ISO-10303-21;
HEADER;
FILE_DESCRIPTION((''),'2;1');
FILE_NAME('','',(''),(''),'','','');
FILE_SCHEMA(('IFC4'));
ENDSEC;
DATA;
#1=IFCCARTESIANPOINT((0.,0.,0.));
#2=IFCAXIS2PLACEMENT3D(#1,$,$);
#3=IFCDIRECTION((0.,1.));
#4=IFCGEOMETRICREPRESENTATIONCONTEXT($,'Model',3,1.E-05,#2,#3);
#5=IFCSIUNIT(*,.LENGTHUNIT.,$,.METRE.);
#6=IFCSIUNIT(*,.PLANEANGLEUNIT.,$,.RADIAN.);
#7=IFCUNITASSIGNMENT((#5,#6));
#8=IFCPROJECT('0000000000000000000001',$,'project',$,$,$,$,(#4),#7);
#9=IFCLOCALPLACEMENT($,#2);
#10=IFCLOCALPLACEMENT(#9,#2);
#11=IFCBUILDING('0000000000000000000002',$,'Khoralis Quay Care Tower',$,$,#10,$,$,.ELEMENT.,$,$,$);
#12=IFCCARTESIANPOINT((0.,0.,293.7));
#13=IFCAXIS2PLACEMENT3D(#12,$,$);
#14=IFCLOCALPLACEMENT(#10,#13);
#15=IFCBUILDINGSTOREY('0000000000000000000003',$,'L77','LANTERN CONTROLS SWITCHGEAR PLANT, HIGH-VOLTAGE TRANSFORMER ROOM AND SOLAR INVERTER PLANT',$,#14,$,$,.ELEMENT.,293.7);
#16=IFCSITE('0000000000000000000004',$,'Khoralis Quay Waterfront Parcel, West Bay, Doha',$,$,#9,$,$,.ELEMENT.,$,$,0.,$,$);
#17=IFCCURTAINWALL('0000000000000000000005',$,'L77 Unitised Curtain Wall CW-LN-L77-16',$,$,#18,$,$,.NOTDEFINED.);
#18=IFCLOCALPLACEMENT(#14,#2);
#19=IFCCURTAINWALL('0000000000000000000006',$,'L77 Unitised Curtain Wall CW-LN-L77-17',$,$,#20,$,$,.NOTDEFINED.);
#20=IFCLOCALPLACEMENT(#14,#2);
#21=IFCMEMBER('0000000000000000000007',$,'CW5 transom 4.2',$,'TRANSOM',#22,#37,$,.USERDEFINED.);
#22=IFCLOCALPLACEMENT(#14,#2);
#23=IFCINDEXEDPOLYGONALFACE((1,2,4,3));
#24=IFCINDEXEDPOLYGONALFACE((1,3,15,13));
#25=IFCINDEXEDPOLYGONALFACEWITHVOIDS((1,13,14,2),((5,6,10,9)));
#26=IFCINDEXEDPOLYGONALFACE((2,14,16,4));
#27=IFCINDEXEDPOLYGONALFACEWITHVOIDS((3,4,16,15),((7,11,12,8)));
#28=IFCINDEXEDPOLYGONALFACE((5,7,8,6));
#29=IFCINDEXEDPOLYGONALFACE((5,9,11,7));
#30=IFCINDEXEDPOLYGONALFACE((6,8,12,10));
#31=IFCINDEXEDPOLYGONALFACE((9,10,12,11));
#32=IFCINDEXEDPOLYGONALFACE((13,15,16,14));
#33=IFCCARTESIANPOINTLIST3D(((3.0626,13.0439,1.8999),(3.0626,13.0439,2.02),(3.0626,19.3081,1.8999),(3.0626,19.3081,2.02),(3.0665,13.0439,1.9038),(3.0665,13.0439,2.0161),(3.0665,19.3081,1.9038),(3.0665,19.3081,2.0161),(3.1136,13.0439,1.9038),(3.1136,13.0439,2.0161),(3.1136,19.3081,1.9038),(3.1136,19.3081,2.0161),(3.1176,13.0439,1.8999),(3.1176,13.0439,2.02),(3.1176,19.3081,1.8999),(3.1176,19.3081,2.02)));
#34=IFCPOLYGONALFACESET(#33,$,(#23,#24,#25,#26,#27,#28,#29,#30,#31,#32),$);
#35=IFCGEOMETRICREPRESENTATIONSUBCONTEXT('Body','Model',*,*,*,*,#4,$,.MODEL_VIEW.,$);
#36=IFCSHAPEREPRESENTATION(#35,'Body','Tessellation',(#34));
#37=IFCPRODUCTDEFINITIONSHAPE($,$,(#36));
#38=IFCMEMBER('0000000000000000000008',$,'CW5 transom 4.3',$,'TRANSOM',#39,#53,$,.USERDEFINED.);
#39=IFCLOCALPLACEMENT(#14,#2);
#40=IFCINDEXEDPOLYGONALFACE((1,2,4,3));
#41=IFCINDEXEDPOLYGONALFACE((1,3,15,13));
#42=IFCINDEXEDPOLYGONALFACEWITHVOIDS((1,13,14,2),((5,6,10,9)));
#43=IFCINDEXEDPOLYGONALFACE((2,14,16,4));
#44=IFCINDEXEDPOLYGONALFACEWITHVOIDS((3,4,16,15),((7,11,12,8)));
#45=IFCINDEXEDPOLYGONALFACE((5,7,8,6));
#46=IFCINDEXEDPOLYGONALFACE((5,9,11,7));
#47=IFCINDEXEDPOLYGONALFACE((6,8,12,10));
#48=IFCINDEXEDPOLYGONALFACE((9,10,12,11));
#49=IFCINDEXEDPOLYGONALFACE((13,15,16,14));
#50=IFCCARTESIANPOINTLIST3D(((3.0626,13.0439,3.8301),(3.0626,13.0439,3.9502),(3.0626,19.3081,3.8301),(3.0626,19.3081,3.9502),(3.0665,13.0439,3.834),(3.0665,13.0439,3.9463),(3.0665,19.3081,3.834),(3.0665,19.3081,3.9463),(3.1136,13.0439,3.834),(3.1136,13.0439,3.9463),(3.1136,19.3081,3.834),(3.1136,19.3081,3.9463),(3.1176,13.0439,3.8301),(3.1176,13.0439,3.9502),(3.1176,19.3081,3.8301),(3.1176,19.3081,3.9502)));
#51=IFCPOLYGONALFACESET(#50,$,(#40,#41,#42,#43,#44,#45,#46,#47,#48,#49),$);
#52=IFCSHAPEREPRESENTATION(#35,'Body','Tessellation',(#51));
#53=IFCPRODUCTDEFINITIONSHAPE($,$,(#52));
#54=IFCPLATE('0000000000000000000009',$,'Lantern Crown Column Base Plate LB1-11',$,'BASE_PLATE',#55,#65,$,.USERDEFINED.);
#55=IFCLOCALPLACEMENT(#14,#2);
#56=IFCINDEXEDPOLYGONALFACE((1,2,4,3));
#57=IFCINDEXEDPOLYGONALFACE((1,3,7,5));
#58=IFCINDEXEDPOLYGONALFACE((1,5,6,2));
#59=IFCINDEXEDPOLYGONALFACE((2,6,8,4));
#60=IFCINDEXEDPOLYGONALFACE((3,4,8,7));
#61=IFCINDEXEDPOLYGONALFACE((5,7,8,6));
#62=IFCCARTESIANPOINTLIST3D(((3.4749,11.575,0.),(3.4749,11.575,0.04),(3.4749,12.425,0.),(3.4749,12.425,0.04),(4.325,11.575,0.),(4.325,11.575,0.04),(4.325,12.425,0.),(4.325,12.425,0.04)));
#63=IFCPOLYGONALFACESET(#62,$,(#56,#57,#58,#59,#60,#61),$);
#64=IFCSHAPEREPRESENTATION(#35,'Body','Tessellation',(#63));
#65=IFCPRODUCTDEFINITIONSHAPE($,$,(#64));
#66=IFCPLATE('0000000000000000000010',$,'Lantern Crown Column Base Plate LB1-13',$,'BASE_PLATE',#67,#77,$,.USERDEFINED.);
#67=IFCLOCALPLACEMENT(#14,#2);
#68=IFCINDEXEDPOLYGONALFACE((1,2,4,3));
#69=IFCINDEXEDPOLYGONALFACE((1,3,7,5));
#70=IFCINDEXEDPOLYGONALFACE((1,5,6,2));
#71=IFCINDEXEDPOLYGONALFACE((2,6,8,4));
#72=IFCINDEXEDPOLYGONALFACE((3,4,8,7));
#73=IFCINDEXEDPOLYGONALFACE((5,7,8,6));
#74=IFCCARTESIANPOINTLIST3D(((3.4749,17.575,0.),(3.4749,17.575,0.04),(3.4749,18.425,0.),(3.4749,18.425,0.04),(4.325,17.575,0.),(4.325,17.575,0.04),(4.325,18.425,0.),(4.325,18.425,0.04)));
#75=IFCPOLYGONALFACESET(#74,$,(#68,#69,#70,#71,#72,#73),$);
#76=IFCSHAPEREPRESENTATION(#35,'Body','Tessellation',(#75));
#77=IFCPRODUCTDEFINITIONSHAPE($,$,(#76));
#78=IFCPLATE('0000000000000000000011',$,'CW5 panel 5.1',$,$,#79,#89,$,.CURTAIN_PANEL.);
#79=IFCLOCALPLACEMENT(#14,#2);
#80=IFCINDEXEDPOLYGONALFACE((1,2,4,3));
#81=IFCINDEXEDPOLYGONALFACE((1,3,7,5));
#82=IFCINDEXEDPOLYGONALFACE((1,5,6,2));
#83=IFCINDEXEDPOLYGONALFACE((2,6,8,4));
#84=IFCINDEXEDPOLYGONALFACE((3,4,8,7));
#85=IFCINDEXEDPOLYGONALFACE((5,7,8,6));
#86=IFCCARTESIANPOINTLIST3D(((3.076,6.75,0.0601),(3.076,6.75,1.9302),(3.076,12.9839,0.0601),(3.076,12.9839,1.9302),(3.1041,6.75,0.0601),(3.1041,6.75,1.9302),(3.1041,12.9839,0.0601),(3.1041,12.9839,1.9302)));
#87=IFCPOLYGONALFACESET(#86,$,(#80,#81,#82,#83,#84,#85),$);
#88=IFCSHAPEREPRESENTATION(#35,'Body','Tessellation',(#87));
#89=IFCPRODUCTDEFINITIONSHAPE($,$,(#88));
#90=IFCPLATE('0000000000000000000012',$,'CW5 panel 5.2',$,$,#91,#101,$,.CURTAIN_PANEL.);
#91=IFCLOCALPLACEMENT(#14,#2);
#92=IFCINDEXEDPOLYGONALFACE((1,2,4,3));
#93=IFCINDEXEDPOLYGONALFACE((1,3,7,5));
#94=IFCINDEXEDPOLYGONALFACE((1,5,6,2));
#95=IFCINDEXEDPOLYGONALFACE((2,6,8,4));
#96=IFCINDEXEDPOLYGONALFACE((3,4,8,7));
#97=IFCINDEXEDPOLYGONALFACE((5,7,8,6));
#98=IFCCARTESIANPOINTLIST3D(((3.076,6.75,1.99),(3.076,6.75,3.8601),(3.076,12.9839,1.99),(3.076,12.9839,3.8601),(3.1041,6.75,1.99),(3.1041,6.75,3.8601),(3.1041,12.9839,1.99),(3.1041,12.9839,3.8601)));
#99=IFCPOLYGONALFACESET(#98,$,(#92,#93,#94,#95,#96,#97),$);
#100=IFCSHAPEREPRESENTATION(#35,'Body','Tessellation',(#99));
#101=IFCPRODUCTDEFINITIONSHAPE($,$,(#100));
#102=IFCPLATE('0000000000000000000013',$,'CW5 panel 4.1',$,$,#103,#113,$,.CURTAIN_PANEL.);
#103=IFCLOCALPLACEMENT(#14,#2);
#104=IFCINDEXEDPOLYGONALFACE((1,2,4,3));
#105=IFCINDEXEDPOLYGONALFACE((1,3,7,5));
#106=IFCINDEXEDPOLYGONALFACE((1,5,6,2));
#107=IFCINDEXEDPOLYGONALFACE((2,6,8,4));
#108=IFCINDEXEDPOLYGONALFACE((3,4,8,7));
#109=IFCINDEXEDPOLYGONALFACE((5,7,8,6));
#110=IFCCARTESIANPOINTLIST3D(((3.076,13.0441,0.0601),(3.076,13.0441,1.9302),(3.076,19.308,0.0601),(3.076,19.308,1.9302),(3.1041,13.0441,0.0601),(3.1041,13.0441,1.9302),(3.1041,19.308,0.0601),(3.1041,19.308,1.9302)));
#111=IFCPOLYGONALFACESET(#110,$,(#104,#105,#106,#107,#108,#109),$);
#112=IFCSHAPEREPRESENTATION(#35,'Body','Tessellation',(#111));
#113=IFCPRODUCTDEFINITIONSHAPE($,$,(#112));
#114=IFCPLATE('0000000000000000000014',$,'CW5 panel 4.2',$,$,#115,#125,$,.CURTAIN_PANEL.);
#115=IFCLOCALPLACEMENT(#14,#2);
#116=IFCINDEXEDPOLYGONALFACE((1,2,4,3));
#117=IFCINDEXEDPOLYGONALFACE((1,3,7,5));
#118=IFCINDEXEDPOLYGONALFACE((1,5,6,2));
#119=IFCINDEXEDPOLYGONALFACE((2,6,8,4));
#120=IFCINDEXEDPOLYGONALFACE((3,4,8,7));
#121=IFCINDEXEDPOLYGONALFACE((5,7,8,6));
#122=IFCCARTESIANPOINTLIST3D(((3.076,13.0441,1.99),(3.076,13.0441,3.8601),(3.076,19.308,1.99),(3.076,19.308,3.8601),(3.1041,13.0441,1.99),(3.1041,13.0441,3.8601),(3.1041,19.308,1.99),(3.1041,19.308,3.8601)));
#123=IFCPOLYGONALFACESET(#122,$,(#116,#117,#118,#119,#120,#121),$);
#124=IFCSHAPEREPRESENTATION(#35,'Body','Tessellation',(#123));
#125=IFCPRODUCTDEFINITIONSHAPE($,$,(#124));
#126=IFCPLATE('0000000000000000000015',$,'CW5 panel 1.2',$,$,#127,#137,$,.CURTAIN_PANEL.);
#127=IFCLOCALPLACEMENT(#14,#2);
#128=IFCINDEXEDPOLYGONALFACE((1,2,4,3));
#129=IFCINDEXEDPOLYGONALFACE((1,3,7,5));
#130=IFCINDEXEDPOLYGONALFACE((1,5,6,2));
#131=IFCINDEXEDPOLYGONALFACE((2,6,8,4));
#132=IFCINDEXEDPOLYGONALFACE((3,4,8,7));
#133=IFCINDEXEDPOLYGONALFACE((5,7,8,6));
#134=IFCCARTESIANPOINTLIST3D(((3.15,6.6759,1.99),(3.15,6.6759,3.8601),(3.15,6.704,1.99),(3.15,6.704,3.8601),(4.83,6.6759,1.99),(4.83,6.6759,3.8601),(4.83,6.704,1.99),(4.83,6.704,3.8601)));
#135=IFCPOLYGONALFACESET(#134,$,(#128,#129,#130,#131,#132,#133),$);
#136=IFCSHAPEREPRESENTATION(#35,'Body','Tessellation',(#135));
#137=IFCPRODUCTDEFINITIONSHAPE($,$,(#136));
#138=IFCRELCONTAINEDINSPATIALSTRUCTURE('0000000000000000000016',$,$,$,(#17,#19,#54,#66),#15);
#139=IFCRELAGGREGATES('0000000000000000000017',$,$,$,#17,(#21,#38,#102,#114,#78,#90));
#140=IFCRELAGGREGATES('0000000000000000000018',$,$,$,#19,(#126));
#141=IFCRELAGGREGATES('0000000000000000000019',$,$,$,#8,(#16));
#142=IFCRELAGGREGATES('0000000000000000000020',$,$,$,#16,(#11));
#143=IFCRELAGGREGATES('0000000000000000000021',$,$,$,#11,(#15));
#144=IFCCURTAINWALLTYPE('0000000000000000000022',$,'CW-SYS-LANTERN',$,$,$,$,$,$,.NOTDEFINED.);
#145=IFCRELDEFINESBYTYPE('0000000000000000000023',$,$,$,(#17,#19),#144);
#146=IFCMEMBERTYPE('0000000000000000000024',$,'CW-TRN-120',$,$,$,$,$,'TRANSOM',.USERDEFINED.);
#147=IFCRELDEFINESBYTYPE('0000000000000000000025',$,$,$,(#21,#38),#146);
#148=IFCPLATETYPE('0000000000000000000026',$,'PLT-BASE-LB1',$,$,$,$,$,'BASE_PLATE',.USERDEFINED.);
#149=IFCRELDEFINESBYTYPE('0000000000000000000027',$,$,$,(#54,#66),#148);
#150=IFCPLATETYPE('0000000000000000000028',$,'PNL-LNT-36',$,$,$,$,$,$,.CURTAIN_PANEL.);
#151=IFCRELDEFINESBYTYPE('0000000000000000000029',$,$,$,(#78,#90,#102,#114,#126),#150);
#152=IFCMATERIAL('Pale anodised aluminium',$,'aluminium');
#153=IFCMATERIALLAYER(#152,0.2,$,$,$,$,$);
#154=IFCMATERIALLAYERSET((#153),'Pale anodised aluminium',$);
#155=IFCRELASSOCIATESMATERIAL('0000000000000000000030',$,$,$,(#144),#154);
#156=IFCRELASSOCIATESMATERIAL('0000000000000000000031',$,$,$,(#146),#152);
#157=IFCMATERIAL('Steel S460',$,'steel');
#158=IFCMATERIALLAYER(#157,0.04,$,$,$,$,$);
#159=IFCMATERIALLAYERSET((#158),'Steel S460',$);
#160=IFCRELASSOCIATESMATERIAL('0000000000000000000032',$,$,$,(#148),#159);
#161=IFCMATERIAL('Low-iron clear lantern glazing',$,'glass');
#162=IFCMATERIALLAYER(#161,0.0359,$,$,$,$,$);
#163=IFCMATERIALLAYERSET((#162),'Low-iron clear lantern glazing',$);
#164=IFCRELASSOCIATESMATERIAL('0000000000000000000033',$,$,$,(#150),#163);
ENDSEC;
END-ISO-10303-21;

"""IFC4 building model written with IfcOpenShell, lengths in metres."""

from ifc_helpers import new_model, si_unit, direction, frame, origin, origin_2d, place, context, subcontext, project, spatial, rectangle, hollow_rectangle, extrude, source, transform, mapped, material, layer, layer_set, material_profile, profile_set, type_object, element, aggregate, save


model = new_model("IFC4")

# Units and contexts
model_context = context("Model", 3, precision=1e-05, world=origin(), true_north=direction((0.0, 1.0)))
body_context = subcontext(model_context, "Body", "Model", "MODEL_VIEW")
ifc_project = project(units=[si_unit("LENGTHUNIT", "METRE"), si_unit("PLANEANGLEUNIT", "RADIAN")], contexts=[model_context])

# Site, building, storey
site_placement = place(None, origin())
site = spatial("IfcSite", under=ifc_project, at=site_placement, Name="Khoralis Quay Waterfront Parcel, West Bay, Doha", CompositionType="ELEMENT", RefElevation=0.0)
building_placement = place(site_placement, origin())
building = spatial("IfcBuilding", under=site, at=building_placement, Name="Khoralis Quay Care Tower", CompositionType="ELEMENT")
storey_placement = place(building_placement, frame((0.0, 0.0, 293.7)))
storey = spatial("IfcBuildingStorey", under=building, at=storey_placement, Name="L77", Description="LANTERN CONTROLS SWITCHGEAR PLANT, HIGH-VOLTAGE TRANSFORMER ROOM AND SOLAR INVERTER PLANT", CompositionType="ELEMENT", Elevation=293.7)

# Shared definitions
ifc_material_1 = material(Name="Steel S460", Category="steel")

# Curtain wall
ifc_material_2 = material(Name="Pale anodised aluminium", Category="aluminium")
ifc_layer_1 = layer(ifc_material_2, 0.2)
ifc_layer_set_1 = layer_set([ifc_layer_1], Name="Pale anodised aluminium")
curtain_wall_type = type_object("IfcCurtainWallType", Name="CW-SYS-LANTERN", PredefinedType="NOTDEFINED", material=ifc_layer_set_1)
curtain_wall_1_placement = place(storey_placement, origin())
curtain_wall_1 = element("IfcCurtainWall", 1, at=curtain_wall_1_placement, inside=storey, type_object=curtain_wall_type, Name="L77 Unitised Curtain Wall CW-LN-L77-16", PredefinedType="NOTDEFINED")

# Curtain wall
curtain_wall_2_placement = place(storey_placement, origin())
curtain_wall_2 = element("IfcCurtainWall", 2, at=curtain_wall_2_placement, inside=storey, type_object=curtain_wall_type, Name="L77 Unitised Curtain Wall CW-LN-L77-17", PredefinedType="NOTDEFINED")

# Members
ifc_material_profile_1 = material_profile(ifc_material_2, hollow_rectangle(XDim=0.0549, YDim=0.1201, WallThickness=0.0039, at=origin_2d()), Name="Pale anodised aluminium")
ifc_profile_set_1 = profile_set([ifc_material_profile_1], Name="Pale anodised aluminium")
member_type_1 = type_object("IfcMemberType", Name="CW-TRN-120", ElementType="TRANSOM", PredefinedType="USERDEFINED", material=ifc_profile_set_1)
shared_shape_1 = source(origin(), body_context, "Body", "SweptSolid", [
    extrude(hollow_rectangle(XDim=0.0549, YDim=0.1201, WallThickness=0.0039, at=origin_2d()), origin(), (0.0, 0.0, 1.0), 6.2642),
])
member_1_placement = place(storey_placement, frame((3.0901, 19.3081, 1.96), z_axis=(0.0, -1.0, 0.0), x_axis=(1.0, 0.0, 0.0)))
member_1 = element("IfcMember", 3, at=member_1_placement, type_object=member_type_1, Name="CW5 transom 4.2", ObjectType="TRANSOM", PredefinedType="USERDEFINED", context=body_context, shape_type="MappedRepresentation", body=[
    mapped(shared_shape_1, transform((0.0, 0.0, 0.0), scale=1.0)),
])
member_2_placement = place(storey_placement, frame((3.0901, 19.3081, 3.8901), z_axis=(0.0, -1.0, 0.0), x_axis=(1.0, 0.0, 0.0)))
member_2 = element("IfcMember", 4, at=member_2_placement, type_object=member_type_1, Name="CW5 transom 4.3", ObjectType="TRANSOM", PredefinedType="USERDEFINED", context=body_context, shape_type="MappedRepresentation", body=[
    mapped(shared_shape_1, transform((0.0, 0.0, 0.0), scale=1.0)),
])

# Plates
ifc_layer_2 = layer(ifc_material_1, 0.04)
ifc_layer_set_2 = layer_set([ifc_layer_2], Name="Steel S460")
plate_type_1 = type_object("IfcPlateType", Name="PLT-BASE-LB1", ElementType="BASE_PLATE", PredefinedType="USERDEFINED", material=ifc_layer_set_2)
shared_shape_2 = source(origin(), body_context, "Body", "SweptSolid", [
    extrude(rectangle(XDim=0.8501, YDim=0.8501, at=origin_2d()), origin(), (0.0, 0.0, 1.0), 0.04),
])
for number, where, z_axis, x_axis, name in (
    (5, (3.8999, 12.0, 0.0), (0.0, 0.0, 1.0), (1.0, 0.0, 0.0), "Lantern Crown Column Base Plate LB1-11"),
    (6, (3.8999, 18.0, 0.0), (0.0, 0.0, 1.0), (1.0, 0.0, 0.0), "Lantern Crown Column Base Plate LB1-13"),
):
    element("IfcPlate", number, at=place(storey_placement, frame(where, z_axis=z_axis, x_axis=x_axis)), inside=storey, type_object=plate_type_1, Name=name, ObjectType="BASE_PLATE", PredefinedType="USERDEFINED", context=body_context, shape_type="MappedRepresentation", body=[
        mapped(shared_shape_2, transform((0.0, 0.0, 0.0), scale=1.0)),
    ])

# Plates
ifc_material_3 = material(Name="Low-iron clear lantern glazing", Category="glass")
ifc_layer_3 = layer(ifc_material_3, 0.0359)
ifc_layer_set_3 = layer_set([ifc_layer_3], Name="Low-iron clear lantern glazing")
plate_type_2 = type_object("IfcPlateType", Name="PNL-LNT-36", PredefinedType="CURTAIN_PANEL", material=ifc_layer_set_3)
shared_shape_3 = source(origin(), body_context, "Body", "SweptSolid", [
    extrude(rectangle(XDim=6.2339, YDim=0.0281, at=origin_2d()), origin(), (0.0, 0.0, 1.0), 1.8701),
])
plate_1_placement = place(storey_placement, frame((3.0901, 9.8669, 0.0601), z_axis=(0.0, 0.0, 1.0), x_axis=(0.0, -1.0, 0.0)))
plate_1 = element("IfcPlate", 7, at=plate_1_placement, type_object=plate_type_2, Name="CW5 panel 5.1", PredefinedType="CURTAIN_PANEL", context=body_context, shape_type="MappedRepresentation", body=[
    mapped(shared_shape_3, transform((0.0, 0.0, 0.0), scale=1.0)),
])
plate_2_placement = place(storey_placement, frame((3.0901, 9.8669, 1.99), z_axis=(0.0, 0.0, 1.0), x_axis=(0.0, -1.0, 0.0)))
plate_2 = element("IfcPlate", 8, at=plate_2_placement, type_object=plate_type_2, Name="CW5 panel 5.2", PredefinedType="CURTAIN_PANEL", context=body_context, shape_type="MappedRepresentation", body=[
    mapped(shared_shape_3, transform((0.0, 0.0, 0.0), scale=1.0)),
])
shared_shape_4 = source(origin(), body_context, "Body", "SweptSolid", [
    extrude(rectangle(XDim=6.2639, YDim=0.0281, at=origin_2d()), origin(), (0.0, 0.0, 1.0), 1.8701),
])
plate_3_placement = place(storey_placement, frame((3.0901, 16.176, 0.0601), z_axis=(0.0, 0.0, 1.0), x_axis=(0.0, -1.0, 0.0)))
plate_3 = element("IfcPlate", 9, at=plate_3_placement, type_object=plate_type_2, Name="CW5 panel 4.1", PredefinedType="CURTAIN_PANEL", context=body_context, shape_type="MappedRepresentation", body=[
    mapped(shared_shape_4, transform((0.0, 0.0, 0.0), scale=1.0)),
])
plate_4_placement = place(storey_placement, frame((3.0901, 16.176, 1.99), z_axis=(0.0, 0.0, 1.0), x_axis=(0.0, -1.0, 0.0)))
plate_4 = element("IfcPlate", 10, at=plate_4_placement, type_object=plate_type_2, Name="CW5 panel 4.2", PredefinedType="CURTAIN_PANEL", context=body_context, shape_type="MappedRepresentation", body=[
    mapped(shared_shape_4, transform((0.0, 0.0, 0.0), scale=1.0)),
])
aggregate(curtain_wall_1, [member_1, member_2, plate_3, plate_4, plate_1, plate_2])
shared_shape_5 = source(origin(), body_context, "Body", "SweptSolid", [
    extrude(rectangle(XDim=1.6799, YDim=0.0281, at=origin_2d()), origin(), (0.0, 0.0, 1.0), 1.8701),
])
plate_5_placement = place(storey_placement, frame((3.99, 6.6899, 1.99), z_axis=(0.0, 0.0, 1.0), x_axis=(1.0, 0.0, 0.0)))
plate_5 = element("IfcPlate", 11, at=plate_5_placement, type_object=plate_type_2, Name="CW5 panel 1.2", PredefinedType="CURTAIN_PANEL", context=body_context, shape_type="MappedRepresentation", body=[
    mapped(shared_shape_5, transform((0.0, 0.0, 0.0), scale=1.0)),
])
aggregate(curtain_wall_2, [plate_5])

save(model, "model.ifc")
